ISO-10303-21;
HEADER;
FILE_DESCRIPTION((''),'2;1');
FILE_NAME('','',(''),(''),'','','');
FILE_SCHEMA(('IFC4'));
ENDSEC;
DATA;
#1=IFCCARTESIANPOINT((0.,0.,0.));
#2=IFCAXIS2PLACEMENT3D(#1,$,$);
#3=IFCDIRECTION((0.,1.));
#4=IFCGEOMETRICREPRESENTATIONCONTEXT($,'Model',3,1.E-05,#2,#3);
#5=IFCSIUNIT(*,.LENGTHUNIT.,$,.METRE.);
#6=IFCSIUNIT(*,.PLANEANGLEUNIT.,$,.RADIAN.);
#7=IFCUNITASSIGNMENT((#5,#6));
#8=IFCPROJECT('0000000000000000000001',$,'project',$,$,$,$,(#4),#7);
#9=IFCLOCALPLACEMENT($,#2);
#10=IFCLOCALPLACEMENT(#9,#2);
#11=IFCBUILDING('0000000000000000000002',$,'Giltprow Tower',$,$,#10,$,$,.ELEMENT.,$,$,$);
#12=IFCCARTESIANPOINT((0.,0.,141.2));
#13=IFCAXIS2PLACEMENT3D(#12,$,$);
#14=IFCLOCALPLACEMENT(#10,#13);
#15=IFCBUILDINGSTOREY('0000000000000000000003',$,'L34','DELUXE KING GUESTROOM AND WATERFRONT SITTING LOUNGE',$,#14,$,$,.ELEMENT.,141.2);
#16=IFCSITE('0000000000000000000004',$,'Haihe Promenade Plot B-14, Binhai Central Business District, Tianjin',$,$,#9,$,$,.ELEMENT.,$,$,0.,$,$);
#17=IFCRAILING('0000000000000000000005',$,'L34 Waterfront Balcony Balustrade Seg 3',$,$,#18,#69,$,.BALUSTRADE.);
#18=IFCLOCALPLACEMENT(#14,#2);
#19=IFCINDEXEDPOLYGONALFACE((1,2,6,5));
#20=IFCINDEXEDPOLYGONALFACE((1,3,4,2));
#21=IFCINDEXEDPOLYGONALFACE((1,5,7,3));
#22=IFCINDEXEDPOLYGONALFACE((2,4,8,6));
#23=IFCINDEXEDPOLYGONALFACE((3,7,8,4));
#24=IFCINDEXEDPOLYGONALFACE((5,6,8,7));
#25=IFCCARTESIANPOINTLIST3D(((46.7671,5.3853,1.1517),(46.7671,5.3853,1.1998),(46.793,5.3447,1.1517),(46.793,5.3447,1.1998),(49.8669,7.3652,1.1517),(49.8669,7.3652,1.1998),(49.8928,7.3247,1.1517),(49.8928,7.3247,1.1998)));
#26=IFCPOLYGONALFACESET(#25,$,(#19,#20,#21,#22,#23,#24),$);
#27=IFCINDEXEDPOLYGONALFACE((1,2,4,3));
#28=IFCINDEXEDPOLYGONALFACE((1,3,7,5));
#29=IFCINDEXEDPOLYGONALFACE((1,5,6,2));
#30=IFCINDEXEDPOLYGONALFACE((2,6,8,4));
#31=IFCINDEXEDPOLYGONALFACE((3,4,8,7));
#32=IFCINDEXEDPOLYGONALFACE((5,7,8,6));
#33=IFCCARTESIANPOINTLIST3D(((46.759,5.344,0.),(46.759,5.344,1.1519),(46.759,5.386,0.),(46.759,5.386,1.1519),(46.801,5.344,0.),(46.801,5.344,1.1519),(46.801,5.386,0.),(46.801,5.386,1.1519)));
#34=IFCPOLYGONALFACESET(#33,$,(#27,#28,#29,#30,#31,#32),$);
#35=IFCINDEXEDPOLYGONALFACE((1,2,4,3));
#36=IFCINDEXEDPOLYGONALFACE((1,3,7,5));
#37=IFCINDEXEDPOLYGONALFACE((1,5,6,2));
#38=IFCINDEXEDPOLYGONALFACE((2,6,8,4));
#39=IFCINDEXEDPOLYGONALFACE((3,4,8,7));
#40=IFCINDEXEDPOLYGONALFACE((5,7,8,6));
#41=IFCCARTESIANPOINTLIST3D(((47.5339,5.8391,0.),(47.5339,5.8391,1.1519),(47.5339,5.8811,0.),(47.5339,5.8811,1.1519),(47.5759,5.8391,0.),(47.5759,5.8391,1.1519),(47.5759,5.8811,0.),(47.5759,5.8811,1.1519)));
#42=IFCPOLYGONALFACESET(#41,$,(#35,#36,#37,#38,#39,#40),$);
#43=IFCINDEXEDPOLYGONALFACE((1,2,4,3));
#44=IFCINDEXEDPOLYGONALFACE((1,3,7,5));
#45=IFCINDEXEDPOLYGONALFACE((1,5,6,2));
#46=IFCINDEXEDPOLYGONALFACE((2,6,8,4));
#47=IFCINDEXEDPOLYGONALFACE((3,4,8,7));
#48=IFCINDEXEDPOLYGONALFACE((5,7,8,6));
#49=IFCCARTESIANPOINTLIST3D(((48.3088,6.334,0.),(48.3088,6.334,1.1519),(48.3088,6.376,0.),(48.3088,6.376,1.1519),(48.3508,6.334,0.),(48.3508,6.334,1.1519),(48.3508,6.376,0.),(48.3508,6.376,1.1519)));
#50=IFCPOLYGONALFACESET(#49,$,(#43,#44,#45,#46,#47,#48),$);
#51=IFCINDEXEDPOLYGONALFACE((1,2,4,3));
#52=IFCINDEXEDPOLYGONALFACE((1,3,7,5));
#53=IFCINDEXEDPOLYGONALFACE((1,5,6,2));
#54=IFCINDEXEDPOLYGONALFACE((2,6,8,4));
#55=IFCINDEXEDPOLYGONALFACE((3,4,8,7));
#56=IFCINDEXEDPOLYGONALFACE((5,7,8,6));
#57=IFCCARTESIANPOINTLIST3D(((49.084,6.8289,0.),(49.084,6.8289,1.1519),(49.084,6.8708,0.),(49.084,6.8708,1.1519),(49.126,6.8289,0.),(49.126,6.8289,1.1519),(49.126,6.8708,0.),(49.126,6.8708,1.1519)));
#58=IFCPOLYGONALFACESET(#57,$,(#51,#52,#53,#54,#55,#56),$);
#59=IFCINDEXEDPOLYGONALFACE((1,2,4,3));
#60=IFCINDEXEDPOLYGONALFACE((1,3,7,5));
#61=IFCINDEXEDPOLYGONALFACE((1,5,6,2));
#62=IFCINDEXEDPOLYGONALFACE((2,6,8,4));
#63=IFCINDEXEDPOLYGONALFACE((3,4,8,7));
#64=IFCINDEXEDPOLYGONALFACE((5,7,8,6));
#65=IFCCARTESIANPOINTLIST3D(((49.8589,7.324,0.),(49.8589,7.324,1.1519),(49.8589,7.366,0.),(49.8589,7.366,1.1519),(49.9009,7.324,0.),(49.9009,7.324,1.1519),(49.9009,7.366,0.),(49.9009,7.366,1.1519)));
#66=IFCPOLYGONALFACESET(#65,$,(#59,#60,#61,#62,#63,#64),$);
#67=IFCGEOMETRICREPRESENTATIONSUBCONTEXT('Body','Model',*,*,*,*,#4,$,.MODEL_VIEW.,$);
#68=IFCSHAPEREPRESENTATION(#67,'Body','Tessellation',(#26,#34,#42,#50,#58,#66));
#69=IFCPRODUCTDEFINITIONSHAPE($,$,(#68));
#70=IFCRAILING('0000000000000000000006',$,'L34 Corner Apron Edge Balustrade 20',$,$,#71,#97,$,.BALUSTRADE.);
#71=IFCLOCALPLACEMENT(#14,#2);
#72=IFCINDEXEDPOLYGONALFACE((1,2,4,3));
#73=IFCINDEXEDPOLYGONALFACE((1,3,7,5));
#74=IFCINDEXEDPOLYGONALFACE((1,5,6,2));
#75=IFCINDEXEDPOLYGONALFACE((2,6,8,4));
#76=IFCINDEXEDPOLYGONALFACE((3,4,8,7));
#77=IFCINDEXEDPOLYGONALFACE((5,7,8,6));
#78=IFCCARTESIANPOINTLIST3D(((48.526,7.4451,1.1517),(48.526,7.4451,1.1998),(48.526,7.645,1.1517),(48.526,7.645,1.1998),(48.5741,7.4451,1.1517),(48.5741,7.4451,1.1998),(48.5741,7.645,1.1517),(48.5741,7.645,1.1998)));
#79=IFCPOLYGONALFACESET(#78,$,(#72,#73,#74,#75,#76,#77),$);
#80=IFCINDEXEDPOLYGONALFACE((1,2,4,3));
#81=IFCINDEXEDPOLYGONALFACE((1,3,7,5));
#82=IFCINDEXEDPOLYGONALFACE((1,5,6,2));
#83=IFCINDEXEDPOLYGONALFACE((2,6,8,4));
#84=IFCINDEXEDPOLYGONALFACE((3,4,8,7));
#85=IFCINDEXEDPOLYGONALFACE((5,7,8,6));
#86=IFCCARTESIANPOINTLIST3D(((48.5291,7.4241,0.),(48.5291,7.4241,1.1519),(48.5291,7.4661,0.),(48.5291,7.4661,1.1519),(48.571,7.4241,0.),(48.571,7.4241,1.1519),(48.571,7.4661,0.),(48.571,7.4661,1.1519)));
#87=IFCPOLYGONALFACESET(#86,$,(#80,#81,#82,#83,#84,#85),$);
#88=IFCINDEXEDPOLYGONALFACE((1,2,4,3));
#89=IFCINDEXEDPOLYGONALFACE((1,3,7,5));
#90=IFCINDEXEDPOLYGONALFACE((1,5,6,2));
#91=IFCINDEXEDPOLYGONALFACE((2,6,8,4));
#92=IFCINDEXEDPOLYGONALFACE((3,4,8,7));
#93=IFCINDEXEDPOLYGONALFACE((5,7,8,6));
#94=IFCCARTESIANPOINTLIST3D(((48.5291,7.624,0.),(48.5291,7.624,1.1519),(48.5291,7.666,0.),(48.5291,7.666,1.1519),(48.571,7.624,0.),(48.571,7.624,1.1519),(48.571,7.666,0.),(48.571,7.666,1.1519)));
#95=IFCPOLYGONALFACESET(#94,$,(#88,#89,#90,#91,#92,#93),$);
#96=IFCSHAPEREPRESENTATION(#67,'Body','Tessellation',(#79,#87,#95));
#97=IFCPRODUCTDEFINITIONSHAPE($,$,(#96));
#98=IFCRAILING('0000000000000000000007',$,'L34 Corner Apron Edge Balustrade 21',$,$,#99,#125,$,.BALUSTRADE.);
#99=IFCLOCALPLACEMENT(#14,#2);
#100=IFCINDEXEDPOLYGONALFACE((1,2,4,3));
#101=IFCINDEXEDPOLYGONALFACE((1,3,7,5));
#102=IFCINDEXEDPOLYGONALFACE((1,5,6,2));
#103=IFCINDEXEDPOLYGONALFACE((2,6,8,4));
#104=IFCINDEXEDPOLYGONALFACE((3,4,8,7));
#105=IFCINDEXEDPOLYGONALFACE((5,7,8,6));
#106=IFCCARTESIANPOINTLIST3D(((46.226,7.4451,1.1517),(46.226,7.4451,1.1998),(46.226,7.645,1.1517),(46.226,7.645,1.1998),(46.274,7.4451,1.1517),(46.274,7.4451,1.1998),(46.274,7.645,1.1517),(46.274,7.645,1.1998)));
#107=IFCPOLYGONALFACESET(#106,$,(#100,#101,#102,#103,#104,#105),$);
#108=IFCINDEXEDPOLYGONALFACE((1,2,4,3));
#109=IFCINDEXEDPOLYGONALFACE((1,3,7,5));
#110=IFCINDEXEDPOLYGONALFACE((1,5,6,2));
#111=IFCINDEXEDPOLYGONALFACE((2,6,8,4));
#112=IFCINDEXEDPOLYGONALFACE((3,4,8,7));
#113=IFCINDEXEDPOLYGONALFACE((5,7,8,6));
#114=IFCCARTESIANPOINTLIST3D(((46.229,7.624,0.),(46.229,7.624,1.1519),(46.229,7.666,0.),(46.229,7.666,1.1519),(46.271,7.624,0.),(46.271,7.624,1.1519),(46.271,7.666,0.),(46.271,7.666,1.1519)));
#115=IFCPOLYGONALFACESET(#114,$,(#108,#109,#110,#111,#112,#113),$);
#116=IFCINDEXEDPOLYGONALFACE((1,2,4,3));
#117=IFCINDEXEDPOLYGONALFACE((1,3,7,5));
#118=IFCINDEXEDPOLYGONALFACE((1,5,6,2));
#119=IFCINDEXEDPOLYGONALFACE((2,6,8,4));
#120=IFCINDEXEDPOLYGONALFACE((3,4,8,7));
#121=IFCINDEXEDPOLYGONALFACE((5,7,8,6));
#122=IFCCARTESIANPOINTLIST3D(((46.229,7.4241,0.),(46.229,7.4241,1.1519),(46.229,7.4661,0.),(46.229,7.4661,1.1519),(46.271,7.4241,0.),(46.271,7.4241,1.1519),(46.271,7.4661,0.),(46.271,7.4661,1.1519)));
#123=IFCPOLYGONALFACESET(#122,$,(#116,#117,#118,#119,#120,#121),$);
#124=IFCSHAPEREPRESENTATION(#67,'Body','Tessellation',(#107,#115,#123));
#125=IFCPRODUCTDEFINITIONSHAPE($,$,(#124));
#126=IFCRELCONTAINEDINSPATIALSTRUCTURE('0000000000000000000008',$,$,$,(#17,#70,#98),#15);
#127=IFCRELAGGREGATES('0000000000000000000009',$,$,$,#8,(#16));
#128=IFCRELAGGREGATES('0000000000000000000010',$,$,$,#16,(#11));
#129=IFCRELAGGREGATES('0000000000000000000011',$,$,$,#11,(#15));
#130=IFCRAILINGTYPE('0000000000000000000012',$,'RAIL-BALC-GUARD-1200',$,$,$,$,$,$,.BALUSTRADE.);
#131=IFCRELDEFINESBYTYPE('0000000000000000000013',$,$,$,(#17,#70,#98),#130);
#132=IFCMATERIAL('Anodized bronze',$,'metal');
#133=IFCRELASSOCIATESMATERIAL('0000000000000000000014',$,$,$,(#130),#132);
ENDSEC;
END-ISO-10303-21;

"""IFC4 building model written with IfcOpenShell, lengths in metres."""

from ifc_helpers import new_model, si_unit, direction, frame, origin, origin_2d, place, context, subcontext, project, spatial, rectangle, extrude, material, type_object, element, save


model = new_model("IFC4")

# Units and contexts
model_context = context("Model", 3, precision=1e-05, world=origin(), true_north=direction((0.0, 1.0)))
body_context = subcontext(model_context, "Body", "Model", "MODEL_VIEW")
ifc_project = project(units=[si_unit("LENGTHUNIT", "METRE"), si_unit("PLANEANGLEUNIT", "RADIAN")], contexts=[model_context])

# Site, building, storey
site_placement = place(None, origin())
site = spatial("IfcSite", under=ifc_project, at=site_placement, Name="Haihe Promenade Plot B-14, Binhai Central Business District, Tianjin", CompositionType="ELEMENT", RefElevation=0.0)
building_placement = place(site_placement, origin())
building = spatial("IfcBuilding", under=site, at=building_placement, Name="Giltprow Tower", CompositionType="ELEMENT")
storey_placement = place(building_placement, frame((0.0, 0.0, 141.2)))
storey = spatial("IfcBuildingStorey", under=building, at=storey_placement, Name="L34", Description="DELUXE KING GUESTROOM AND WATERFRONT SITTING LOUNGE", CompositionType="ELEMENT", Elevation=141.2)

# Shared definitions
ifc_material_1 = material(Name="Anodized bronze", Category="metal")

# Railings
railing_type = type_object("IfcRailingType", Name="RAIL-BALC-GUARD-1200", PredefinedType="BALUSTRADE", material=ifc_material_1)
railing_1_placement = place(storey_placement, frame((46.78, 5.365, 0.0)))
element("IfcRailing", 1, at=railing_1_placement, inside=storey, type_object=railing_type, Name="L34 Waterfront Balcony Balustrade Seg 3", PredefinedType="BALUSTRADE", context=body_context, shape_type="SweptSolid", body=[
    extrude(rectangle(XDim=0.0481, YDim=0.0481, at=origin_2d()), frame((0.0, 0.0, 1.1758), z_axis=(0.842756, 0.538296, 0.0), x_axis=(-0.538296, 0.842756, 0.0)), (0.0, 0.0, 1.0), 3.6782),
    extrude(rectangle(XDim=0.042, YDim=0.042, at=origin_2d()), origin(), (0.0, 0.0, 1.0), 1.1519),
    extrude(rectangle(XDim=0.042, YDim=0.042, at=origin_2d()), frame((0.7749, 0.4951, 0.0)), (0.0, 0.0, 1.0), 1.1519),
    extrude(rectangle(XDim=0.042, YDim=0.042, at=origin_2d()), frame((1.5498, 0.99, 0.0)), (0.0, 0.0, 1.0), 1.1519),
    extrude(rectangle(XDim=0.042, YDim=0.042, at=origin_2d()), frame((2.325, 1.4849, 0.0)), (0.0, 0.0, 1.0), 1.1519),
    extrude(rectangle(XDim=0.042, YDim=0.042, at=origin_2d()), frame((3.0999, 1.98, 0.0)), (0.0, 0.0, 1.0), 1.1519),
])
railing_2_placement = place(storey_placement, frame((48.55, 7.4451, 0.0)))
element("IfcRailing", 2, at=railing_2_placement, inside=storey, type_object=railing_type, Name="L34 Corner Apron Edge Balustrade 20", PredefinedType="BALUSTRADE", context=body_context, shape_type="SweptSolid", body=[
    extrude(rectangle(XDim=0.0481, YDim=0.0481, at=origin_2d()), frame((0.0, 0.0, 1.1758), z_axis=(0.0, 1.0, 0.0), x_axis=(-1.0, 0.0, 0.0)), (0.0, 0.0, 1.0), 0.2),
    extrude(rectangle(XDim=0.042, YDim=0.042, at=origin_2d()), origin(), (0.0, 0.0, 1.0), 1.1519),
    extrude(rectangle(XDim=0.042, YDim=0.042, at=origin_2d()), frame((0.0, 0.2, 0.0)), (0.0, 0.0, 1.0), 1.1519),
])
railing_3_placement = place(storey_placement, frame((46.25, 7.645, 0.0)))
element("IfcRailing", 3, at=railing_3_placement, inside=storey, type_object=railing_type, Name="L34 Corner Apron Edge Balustrade 21", PredefinedType="BALUSTRADE", context=body_context, shape_type="SweptSolid", body=[
    extrude(rectangle(XDim=0.0481, YDim=0.0481, at=origin_2d()), frame((0.0, 0.0, 1.1758), z_axis=(0.0, -1.0, 0.0), x_axis=(1.0, 0.0, 0.0)), (0.0, 0.0, 1.0), 0.2),
    extrude(rectangle(XDim=0.042, YDim=0.042, at=origin_2d()), origin(), (0.0, 0.0, 1.0), 1.1519),
    extrude(rectangle(XDim=0.042, YDim=0.042, at=origin_2d()), frame((0.0, -0.2, 0.0)), (0.0, 0.0, 1.0), 1.1519),
])

save(model, "model.ifc")
